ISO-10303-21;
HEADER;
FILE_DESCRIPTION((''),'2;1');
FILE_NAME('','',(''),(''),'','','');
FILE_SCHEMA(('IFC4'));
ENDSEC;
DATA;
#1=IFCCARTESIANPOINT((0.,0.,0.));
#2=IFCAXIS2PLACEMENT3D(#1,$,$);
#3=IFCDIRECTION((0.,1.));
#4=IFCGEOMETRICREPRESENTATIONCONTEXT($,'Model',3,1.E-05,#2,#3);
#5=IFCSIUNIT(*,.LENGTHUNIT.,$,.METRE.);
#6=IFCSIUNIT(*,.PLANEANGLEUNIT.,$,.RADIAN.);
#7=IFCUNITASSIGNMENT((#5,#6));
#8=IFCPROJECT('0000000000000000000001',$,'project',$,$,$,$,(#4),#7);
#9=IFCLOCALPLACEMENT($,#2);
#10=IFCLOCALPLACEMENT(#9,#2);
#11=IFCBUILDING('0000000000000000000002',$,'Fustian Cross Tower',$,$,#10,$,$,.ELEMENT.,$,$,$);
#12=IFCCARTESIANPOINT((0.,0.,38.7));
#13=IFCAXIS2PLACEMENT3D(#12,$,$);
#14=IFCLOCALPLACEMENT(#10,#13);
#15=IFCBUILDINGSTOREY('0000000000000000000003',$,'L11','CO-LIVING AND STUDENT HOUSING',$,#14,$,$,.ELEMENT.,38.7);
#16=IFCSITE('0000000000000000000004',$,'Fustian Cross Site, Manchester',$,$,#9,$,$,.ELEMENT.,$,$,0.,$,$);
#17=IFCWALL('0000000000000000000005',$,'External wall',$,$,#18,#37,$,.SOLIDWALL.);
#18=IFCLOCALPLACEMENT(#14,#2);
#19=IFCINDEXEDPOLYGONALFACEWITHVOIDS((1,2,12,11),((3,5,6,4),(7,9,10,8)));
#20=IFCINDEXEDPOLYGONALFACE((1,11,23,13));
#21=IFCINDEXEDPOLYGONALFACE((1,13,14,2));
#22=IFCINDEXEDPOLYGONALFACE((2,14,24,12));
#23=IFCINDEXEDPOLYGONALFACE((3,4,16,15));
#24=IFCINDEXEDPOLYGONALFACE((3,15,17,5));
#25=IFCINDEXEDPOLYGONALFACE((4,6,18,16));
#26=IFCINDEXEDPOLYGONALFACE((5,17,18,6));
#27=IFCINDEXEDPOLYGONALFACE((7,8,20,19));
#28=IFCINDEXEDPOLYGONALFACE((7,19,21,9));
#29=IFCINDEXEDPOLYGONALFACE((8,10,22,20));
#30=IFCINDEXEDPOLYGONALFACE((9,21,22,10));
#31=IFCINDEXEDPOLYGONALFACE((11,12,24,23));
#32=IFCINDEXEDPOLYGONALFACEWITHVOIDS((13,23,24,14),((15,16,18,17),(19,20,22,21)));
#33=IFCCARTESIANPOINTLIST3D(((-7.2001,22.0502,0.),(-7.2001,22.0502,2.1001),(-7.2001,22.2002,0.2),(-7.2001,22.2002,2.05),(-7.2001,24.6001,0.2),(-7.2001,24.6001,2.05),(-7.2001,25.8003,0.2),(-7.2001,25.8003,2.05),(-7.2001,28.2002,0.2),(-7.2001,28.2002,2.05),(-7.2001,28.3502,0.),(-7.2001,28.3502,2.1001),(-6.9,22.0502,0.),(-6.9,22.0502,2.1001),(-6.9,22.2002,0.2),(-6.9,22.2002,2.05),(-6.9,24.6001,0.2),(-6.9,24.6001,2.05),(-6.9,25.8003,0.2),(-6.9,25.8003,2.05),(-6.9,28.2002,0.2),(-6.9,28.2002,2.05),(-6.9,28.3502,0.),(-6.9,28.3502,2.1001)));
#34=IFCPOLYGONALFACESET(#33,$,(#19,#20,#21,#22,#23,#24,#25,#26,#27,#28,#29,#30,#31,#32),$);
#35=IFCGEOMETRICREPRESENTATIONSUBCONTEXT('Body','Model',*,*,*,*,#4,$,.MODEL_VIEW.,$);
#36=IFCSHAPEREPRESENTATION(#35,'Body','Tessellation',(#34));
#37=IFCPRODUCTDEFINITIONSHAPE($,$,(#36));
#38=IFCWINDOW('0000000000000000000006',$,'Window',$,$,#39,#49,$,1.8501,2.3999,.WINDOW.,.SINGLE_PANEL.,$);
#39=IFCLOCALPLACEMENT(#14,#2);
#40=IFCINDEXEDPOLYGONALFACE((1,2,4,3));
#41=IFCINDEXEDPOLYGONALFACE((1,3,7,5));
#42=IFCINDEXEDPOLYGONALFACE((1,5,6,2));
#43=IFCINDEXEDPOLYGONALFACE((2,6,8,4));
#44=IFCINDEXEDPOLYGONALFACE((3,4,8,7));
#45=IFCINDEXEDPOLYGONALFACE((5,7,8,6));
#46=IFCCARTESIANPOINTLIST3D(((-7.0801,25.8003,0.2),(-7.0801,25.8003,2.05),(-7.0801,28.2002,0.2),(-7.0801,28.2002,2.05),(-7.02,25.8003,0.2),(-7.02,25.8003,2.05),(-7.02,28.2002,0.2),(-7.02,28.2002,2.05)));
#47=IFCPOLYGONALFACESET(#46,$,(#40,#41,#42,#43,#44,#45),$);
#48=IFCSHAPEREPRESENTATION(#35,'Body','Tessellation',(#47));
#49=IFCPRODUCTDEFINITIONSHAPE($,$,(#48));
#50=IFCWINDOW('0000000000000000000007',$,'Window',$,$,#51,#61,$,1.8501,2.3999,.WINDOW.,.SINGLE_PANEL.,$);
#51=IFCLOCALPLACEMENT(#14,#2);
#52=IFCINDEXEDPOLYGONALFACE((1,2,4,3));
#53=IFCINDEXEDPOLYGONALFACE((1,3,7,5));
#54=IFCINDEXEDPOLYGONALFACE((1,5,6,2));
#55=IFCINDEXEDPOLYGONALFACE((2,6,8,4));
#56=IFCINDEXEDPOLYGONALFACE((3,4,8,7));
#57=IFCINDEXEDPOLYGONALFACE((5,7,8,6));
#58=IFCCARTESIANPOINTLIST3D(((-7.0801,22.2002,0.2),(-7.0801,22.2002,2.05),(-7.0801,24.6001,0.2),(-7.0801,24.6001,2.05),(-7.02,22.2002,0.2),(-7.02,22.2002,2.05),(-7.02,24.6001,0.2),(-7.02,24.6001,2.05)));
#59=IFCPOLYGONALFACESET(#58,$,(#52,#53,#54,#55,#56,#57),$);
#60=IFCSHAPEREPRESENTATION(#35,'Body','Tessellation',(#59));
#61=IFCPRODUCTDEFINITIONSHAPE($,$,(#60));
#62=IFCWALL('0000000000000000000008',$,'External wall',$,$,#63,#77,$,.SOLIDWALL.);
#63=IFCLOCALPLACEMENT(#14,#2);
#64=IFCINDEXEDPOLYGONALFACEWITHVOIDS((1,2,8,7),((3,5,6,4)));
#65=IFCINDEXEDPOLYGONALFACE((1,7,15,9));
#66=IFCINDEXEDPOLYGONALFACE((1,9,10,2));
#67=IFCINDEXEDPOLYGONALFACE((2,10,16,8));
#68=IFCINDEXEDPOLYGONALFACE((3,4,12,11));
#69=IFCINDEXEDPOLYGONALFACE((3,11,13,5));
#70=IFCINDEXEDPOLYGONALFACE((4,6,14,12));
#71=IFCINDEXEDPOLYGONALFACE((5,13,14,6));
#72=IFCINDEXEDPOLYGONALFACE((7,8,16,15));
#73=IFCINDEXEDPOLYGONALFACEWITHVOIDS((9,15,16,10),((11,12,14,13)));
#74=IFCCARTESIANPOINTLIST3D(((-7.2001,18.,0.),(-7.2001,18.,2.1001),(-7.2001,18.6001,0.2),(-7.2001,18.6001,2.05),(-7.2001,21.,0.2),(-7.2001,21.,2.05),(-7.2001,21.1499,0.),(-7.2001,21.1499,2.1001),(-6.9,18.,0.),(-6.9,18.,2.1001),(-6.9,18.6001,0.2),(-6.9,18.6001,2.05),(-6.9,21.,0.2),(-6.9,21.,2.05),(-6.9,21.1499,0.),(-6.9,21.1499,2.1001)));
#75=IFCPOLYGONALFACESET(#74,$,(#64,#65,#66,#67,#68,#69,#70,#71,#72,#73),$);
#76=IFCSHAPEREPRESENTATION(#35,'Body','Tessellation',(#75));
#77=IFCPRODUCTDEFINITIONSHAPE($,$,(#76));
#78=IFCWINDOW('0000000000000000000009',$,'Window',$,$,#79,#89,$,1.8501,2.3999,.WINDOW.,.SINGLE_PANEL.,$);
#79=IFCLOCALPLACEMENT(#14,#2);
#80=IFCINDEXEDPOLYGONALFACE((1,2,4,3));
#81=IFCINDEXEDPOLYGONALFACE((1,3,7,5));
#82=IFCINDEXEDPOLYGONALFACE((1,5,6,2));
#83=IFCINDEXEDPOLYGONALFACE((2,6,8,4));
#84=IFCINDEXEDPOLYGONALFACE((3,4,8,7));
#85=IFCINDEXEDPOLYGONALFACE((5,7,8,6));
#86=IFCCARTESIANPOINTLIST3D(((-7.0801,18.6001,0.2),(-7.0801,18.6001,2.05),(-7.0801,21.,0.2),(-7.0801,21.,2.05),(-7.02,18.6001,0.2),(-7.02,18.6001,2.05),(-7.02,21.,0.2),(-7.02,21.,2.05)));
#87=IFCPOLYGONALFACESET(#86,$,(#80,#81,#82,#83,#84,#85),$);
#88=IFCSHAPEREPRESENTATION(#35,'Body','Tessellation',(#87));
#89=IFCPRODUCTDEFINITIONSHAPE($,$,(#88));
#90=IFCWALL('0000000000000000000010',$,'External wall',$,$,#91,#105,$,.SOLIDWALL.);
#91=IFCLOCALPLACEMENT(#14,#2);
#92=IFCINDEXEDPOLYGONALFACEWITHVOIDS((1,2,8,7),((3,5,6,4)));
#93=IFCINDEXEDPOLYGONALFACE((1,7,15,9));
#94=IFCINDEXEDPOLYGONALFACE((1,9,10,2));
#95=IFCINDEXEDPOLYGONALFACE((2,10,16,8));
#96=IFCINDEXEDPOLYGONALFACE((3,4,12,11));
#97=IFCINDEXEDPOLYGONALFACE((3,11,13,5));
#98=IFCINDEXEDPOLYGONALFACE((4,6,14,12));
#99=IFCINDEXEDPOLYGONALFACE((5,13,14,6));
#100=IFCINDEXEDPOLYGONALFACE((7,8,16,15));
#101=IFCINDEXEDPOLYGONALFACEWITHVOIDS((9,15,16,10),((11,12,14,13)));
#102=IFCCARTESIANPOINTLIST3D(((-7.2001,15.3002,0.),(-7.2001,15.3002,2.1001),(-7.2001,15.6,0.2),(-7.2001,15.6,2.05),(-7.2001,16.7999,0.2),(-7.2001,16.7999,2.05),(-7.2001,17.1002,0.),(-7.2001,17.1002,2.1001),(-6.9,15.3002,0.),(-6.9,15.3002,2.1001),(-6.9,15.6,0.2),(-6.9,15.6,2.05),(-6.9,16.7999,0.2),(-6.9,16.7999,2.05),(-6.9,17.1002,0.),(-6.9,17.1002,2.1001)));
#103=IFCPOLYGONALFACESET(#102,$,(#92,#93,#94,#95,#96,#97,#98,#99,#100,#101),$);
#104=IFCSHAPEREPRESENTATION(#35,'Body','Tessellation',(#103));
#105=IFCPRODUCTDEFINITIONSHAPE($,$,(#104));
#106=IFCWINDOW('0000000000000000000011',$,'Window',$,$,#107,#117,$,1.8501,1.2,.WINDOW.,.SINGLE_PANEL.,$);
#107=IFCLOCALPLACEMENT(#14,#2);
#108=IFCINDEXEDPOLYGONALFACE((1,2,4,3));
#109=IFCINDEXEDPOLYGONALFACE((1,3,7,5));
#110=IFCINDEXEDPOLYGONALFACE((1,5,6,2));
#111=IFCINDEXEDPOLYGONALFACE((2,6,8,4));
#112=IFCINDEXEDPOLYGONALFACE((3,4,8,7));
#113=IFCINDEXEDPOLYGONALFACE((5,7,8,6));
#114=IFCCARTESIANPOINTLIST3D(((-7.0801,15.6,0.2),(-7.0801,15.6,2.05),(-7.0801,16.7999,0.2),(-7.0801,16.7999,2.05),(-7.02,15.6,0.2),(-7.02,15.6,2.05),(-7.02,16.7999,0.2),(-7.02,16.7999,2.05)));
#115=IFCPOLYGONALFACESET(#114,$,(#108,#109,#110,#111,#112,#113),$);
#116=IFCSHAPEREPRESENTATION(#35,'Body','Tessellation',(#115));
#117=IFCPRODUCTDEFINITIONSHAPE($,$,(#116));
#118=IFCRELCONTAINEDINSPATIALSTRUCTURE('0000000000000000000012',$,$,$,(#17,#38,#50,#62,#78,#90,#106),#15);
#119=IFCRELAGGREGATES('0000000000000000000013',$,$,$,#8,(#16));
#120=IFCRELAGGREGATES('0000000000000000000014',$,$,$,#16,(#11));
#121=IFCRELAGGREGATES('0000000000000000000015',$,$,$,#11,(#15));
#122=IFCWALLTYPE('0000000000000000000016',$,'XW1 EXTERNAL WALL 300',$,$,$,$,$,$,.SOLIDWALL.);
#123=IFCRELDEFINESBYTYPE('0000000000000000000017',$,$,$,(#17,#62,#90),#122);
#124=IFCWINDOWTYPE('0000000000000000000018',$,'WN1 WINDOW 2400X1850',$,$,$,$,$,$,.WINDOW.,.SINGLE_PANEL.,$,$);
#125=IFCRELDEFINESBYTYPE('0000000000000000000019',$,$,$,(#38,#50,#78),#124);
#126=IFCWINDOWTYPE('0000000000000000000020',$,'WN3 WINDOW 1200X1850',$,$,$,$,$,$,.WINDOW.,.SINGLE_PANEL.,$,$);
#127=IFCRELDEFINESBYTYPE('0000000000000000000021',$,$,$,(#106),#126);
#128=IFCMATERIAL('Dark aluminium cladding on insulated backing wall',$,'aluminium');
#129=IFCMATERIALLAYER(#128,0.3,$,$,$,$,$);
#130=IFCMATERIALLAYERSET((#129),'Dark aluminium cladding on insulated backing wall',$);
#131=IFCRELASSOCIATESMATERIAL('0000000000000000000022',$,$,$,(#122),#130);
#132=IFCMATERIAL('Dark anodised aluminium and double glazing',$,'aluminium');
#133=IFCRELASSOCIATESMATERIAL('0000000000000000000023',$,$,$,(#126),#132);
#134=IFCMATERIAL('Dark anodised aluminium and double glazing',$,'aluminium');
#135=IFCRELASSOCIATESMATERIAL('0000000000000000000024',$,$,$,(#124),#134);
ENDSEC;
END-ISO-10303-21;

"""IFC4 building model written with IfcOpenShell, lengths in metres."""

from ifc_helpers import new_model, si_unit, direction, frame, frame_2d, origin, place, context, subcontext, project, spatial, rectangle, extrude, material, layer, layer_set, type_object, element, fill, save


model = new_model("IFC4")

# Units and contexts
model_context = context("Model", 3, precision=1e-05, world=origin(), true_north=direction((0.0, 1.0)))
body_context = subcontext(model_context, "Body", "Model", "MODEL_VIEW")
ifc_project = project(units=[si_unit("LENGTHUNIT", "METRE"), si_unit("PLANEANGLEUNIT", "RADIAN")], contexts=[model_context])

# Site, building, storey
site_placement = place(None, origin())
site = spatial("IfcSite", under=ifc_project, at=site_placement, Name="Fustian Cross Site, Manchester", CompositionType="ELEMENT", RefElevation=0.0)
building_placement = place(site_placement, origin())
building = spatial("IfcBuilding", under=site, at=building_placement, Name="Fustian Cross Tower", CompositionType="ELEMENT")
storey_placement = place(building_placement, frame((0.0, 0.0, 38.7)))
storey = spatial("IfcBuildingStorey", under=building, at=storey_placement, Name="L11", Description="CO-LIVING AND STUDENT HOUSING", CompositionType="ELEMENT", Elevation=38.7)

# Shared definitions
ifc_material_1 = material(Name="Dark aluminium cladding on insulated backing wall", Category="aluminium")
ifc_layer_1 = layer(ifc_material_1, 0.3)
ifc_layer_set_1 = layer_set([ifc_layer_1], Name="Dark aluminium cladding on insulated backing wall")
wall_type_1 = type_object("IfcWallType", Name="XW1 EXTERNAL WALL 300", PredefinedType="SOLIDWALL", material=ifc_layer_set_1)
ifc_material_2 = material(Name="Dark anodised aluminium and double glazing", Category="aluminium")
window_type_1 = type_object("IfcWindowType", Name="WN3 WINDOW 1200X1850", PartitioningType="SINGLE_PANEL", PredefinedType="WINDOW", material=ifc_material_2)

# Wall, openings, windows
ifc_material_3 = material(Name="Dark anodised aluminium and double glazing", Category="aluminium")
window_type_2 = type_object("IfcWindowType", Name="WN1 WINDOW 2400X1850", PartitioningType="SINGLE_PANEL", PredefinedType="WINDOW", material=ifc_material_3)
wall_1_placement = place(storey_placement, frame((-7.05, 28.3501, 0.0), z_axis=(0.0, 0.0, 1.0), x_axis=(0.0, -1.0, 0.0)))
wall_1 = element("IfcWall", 1, at=wall_1_placement, inside=storey, type_object=wall_type_1, Name="External wall", PredefinedType="SOLIDWALL", context=body_context, shape_type="SweptSolid", body=[
    extrude(rectangle(XDim=6.3, YDim=0.3, at=frame_2d((3.1499, 0.0))), origin(), (0.0, 0.0, 1.0), 2.1001),
])
opening_1_placement = place(wall_1_placement, frame((0.1499, 0.0, 0.2)))
opening_1 = element("IfcOpeningElement", 2, at=opening_1_placement, cuts=wall_1, PredefinedType="OPENING", context=body_context, shape_type="SweptSolid", body=[
    extrude(rectangle(XDim=2.3999, YDim=1.8501, at=frame_2d((1.2, 0.925))), frame((0.0, 0.1599, 0.0), z_axis=(0.0, -1.0, 0.0), x_axis=(1.0, 0.0, 0.0)), (0.0, 0.0, 1.0), 0.3201),
])
opening_2_placement = place(wall_1_placement, frame((3.75, 0.0, 0.2)))
opening_2 = element("IfcOpeningElement", 3, at=opening_2_placement, cuts=wall_1, PredefinedType="OPENING", context=body_context, shape_type="SweptSolid", body=[
    extrude(rectangle(XDim=2.3999, YDim=1.8501, at=frame_2d((1.2, 0.925))), frame((0.0, 0.1599, 0.0), z_axis=(0.0, -1.0, 0.0), x_axis=(1.0, 0.0, 0.0)), (0.0, 0.0, 1.0), 0.3201),
])
window_1_placement = place(opening_1_placement, origin())
window_1 = element("IfcWindow", 4, at=window_1_placement, inside=storey, type_object=window_type_2, Name="Window", OverallHeight=1.8501, OverallWidth=2.3999, PartitioningType="SINGLE_PANEL", PredefinedType="WINDOW", context=body_context, shape_type="SweptSolid", body=[
    extrude(rectangle(XDim=2.3999, YDim=1.8501, at=frame_2d((1.2, 0.925))), frame((0.0, 0.03, 0.0), z_axis=(0.0, -1.0, 0.0), x_axis=(1.0, 0.0, 0.0)), (0.0, 0.0, 1.0), 0.0601),
])
fill(opening_1, window_1)
window_2_placement = place(opening_2_placement, origin())
window_2 = element("IfcWindow", 5, at=window_2_placement, inside=storey, type_object=window_type_2, Name="Window", OverallHeight=1.8501, OverallWidth=2.3999, PartitioningType="SINGLE_PANEL", PredefinedType="WINDOW", context=body_context, shape_type="SweptSolid", body=[
    extrude(rectangle(XDim=2.3999, YDim=1.8501, at=frame_2d((1.2, 0.925))), frame((0.0, 0.03, 0.0), z_axis=(0.0, -1.0, 0.0), x_axis=(1.0, 0.0, 0.0)), (0.0, 0.0, 1.0), 0.0601),
])
fill(opening_2, window_2)

# Walls, openings, windows
wall_2_placement = place(storey_placement, frame((-7.05, 21.1499, 0.0), z_axis=(0.0, 0.0, 1.0), x_axis=(0.0, -1.0, 0.0)))
wall_2 = element("IfcWall", 6, at=wall_2_placement, inside=storey, type_object=wall_type_1, Name="External wall", PredefinedType="SOLIDWALL", context=body_context, shape_type="SweptSolid", body=[
    extrude(rectangle(XDim=3.1499, YDim=0.3, at=frame_2d((1.575, 0.0))), origin(), (0.0, 0.0, 1.0), 2.1001),
])
opening_3_placement = place(wall_2_placement, frame((0.1499, 0.0, 0.2)))
opening_3 = element("IfcOpeningElement", 7, at=opening_3_placement, cuts=wall_2, PredefinedType="OPENING", context=body_context, shape_type="SweptSolid", body=[
    extrude(rectangle(XDim=2.3999, YDim=1.8501, at=frame_2d((1.2, 0.925))), frame((0.0, 0.1599, 0.0), z_axis=(0.0, -1.0, 0.0), x_axis=(1.0, 0.0, 0.0)), (0.0, 0.0, 1.0), 0.3201),
])
window_3_placement = place(opening_3_placement, origin())
window_3 = element("IfcWindow", 8, at=window_3_placement, inside=storey, type_object=window_type_2, Name="Window", OverallHeight=1.8501, OverallWidth=2.3999, PartitioningType="SINGLE_PANEL", PredefinedType="WINDOW", context=body_context, shape_type="SweptSolid", body=[
    extrude(rectangle(XDim=2.3999, YDim=1.8501, at=frame_2d((1.2, 0.925))), frame((0.0, 0.03, 0.0), z_axis=(0.0, -1.0, 0.0), x_axis=(1.0, 0.0, 0.0)), (0.0, 0.0, 1.0), 0.0601),
])
fill(opening_3, window_3)
wall_3_placement = place(storey_placement, frame((-7.05, 17.1001, 0.0), z_axis=(0.0, 0.0, 1.0), x_axis=(0.0, -1.0, 0.0)))
wall_3 = element("IfcWall", 9, at=wall_3_placement, inside=storey, type_object=wall_type_1, Name="External wall", PredefinedType="SOLIDWALL", context=body_context, shape_type="SweptSolid", body=[
    extrude(rectangle(XDim=1.8, YDim=0.3, at=frame_2d((0.8999, 0.0))), origin(), (0.0, 0.0, 1.0), 2.1001),
])
opening_4_placement = place(wall_3_placement, frame((0.3, 0.0, 0.2)))
opening_4 = element("IfcOpeningElement", 10, at=opening_4_placement, cuts=wall_3, PredefinedType="OPENING", context=body_context, shape_type="SweptSolid", body=[
    extrude(rectangle(XDim=1.2, YDim=1.8501, at=frame_2d((0.6001, 0.925))), frame((0.0, 0.1599, 0.0), z_axis=(0.0, -1.0, 0.0), x_axis=(1.0, 0.0, 0.0)), (0.0, 0.0, 1.0), 0.3201),
])
window_4_placement = place(opening_4_placement, origin())
window_4 = element("IfcWindow", 11, at=window_4_placement, inside=storey, type_object=window_type_1, Name="Window", OverallHeight=1.8501, OverallWidth=1.2, PartitioningType="SINGLE_PANEL", PredefinedType="WINDOW", context=body_context, shape_type="SweptSolid", body=[
    extrude(rectangle(XDim=1.2, YDim=1.8501, at=frame_2d((0.6001, 0.925))), frame((0.0, 0.03, 0.0), z_axis=(0.0, -1.0, 0.0), x_axis=(1.0, 0.0, 0.0)), (0.0, 0.0, 1.0), 0.0601),
])
fill(opening_4, window_4)

save(model, "model.ifc")
